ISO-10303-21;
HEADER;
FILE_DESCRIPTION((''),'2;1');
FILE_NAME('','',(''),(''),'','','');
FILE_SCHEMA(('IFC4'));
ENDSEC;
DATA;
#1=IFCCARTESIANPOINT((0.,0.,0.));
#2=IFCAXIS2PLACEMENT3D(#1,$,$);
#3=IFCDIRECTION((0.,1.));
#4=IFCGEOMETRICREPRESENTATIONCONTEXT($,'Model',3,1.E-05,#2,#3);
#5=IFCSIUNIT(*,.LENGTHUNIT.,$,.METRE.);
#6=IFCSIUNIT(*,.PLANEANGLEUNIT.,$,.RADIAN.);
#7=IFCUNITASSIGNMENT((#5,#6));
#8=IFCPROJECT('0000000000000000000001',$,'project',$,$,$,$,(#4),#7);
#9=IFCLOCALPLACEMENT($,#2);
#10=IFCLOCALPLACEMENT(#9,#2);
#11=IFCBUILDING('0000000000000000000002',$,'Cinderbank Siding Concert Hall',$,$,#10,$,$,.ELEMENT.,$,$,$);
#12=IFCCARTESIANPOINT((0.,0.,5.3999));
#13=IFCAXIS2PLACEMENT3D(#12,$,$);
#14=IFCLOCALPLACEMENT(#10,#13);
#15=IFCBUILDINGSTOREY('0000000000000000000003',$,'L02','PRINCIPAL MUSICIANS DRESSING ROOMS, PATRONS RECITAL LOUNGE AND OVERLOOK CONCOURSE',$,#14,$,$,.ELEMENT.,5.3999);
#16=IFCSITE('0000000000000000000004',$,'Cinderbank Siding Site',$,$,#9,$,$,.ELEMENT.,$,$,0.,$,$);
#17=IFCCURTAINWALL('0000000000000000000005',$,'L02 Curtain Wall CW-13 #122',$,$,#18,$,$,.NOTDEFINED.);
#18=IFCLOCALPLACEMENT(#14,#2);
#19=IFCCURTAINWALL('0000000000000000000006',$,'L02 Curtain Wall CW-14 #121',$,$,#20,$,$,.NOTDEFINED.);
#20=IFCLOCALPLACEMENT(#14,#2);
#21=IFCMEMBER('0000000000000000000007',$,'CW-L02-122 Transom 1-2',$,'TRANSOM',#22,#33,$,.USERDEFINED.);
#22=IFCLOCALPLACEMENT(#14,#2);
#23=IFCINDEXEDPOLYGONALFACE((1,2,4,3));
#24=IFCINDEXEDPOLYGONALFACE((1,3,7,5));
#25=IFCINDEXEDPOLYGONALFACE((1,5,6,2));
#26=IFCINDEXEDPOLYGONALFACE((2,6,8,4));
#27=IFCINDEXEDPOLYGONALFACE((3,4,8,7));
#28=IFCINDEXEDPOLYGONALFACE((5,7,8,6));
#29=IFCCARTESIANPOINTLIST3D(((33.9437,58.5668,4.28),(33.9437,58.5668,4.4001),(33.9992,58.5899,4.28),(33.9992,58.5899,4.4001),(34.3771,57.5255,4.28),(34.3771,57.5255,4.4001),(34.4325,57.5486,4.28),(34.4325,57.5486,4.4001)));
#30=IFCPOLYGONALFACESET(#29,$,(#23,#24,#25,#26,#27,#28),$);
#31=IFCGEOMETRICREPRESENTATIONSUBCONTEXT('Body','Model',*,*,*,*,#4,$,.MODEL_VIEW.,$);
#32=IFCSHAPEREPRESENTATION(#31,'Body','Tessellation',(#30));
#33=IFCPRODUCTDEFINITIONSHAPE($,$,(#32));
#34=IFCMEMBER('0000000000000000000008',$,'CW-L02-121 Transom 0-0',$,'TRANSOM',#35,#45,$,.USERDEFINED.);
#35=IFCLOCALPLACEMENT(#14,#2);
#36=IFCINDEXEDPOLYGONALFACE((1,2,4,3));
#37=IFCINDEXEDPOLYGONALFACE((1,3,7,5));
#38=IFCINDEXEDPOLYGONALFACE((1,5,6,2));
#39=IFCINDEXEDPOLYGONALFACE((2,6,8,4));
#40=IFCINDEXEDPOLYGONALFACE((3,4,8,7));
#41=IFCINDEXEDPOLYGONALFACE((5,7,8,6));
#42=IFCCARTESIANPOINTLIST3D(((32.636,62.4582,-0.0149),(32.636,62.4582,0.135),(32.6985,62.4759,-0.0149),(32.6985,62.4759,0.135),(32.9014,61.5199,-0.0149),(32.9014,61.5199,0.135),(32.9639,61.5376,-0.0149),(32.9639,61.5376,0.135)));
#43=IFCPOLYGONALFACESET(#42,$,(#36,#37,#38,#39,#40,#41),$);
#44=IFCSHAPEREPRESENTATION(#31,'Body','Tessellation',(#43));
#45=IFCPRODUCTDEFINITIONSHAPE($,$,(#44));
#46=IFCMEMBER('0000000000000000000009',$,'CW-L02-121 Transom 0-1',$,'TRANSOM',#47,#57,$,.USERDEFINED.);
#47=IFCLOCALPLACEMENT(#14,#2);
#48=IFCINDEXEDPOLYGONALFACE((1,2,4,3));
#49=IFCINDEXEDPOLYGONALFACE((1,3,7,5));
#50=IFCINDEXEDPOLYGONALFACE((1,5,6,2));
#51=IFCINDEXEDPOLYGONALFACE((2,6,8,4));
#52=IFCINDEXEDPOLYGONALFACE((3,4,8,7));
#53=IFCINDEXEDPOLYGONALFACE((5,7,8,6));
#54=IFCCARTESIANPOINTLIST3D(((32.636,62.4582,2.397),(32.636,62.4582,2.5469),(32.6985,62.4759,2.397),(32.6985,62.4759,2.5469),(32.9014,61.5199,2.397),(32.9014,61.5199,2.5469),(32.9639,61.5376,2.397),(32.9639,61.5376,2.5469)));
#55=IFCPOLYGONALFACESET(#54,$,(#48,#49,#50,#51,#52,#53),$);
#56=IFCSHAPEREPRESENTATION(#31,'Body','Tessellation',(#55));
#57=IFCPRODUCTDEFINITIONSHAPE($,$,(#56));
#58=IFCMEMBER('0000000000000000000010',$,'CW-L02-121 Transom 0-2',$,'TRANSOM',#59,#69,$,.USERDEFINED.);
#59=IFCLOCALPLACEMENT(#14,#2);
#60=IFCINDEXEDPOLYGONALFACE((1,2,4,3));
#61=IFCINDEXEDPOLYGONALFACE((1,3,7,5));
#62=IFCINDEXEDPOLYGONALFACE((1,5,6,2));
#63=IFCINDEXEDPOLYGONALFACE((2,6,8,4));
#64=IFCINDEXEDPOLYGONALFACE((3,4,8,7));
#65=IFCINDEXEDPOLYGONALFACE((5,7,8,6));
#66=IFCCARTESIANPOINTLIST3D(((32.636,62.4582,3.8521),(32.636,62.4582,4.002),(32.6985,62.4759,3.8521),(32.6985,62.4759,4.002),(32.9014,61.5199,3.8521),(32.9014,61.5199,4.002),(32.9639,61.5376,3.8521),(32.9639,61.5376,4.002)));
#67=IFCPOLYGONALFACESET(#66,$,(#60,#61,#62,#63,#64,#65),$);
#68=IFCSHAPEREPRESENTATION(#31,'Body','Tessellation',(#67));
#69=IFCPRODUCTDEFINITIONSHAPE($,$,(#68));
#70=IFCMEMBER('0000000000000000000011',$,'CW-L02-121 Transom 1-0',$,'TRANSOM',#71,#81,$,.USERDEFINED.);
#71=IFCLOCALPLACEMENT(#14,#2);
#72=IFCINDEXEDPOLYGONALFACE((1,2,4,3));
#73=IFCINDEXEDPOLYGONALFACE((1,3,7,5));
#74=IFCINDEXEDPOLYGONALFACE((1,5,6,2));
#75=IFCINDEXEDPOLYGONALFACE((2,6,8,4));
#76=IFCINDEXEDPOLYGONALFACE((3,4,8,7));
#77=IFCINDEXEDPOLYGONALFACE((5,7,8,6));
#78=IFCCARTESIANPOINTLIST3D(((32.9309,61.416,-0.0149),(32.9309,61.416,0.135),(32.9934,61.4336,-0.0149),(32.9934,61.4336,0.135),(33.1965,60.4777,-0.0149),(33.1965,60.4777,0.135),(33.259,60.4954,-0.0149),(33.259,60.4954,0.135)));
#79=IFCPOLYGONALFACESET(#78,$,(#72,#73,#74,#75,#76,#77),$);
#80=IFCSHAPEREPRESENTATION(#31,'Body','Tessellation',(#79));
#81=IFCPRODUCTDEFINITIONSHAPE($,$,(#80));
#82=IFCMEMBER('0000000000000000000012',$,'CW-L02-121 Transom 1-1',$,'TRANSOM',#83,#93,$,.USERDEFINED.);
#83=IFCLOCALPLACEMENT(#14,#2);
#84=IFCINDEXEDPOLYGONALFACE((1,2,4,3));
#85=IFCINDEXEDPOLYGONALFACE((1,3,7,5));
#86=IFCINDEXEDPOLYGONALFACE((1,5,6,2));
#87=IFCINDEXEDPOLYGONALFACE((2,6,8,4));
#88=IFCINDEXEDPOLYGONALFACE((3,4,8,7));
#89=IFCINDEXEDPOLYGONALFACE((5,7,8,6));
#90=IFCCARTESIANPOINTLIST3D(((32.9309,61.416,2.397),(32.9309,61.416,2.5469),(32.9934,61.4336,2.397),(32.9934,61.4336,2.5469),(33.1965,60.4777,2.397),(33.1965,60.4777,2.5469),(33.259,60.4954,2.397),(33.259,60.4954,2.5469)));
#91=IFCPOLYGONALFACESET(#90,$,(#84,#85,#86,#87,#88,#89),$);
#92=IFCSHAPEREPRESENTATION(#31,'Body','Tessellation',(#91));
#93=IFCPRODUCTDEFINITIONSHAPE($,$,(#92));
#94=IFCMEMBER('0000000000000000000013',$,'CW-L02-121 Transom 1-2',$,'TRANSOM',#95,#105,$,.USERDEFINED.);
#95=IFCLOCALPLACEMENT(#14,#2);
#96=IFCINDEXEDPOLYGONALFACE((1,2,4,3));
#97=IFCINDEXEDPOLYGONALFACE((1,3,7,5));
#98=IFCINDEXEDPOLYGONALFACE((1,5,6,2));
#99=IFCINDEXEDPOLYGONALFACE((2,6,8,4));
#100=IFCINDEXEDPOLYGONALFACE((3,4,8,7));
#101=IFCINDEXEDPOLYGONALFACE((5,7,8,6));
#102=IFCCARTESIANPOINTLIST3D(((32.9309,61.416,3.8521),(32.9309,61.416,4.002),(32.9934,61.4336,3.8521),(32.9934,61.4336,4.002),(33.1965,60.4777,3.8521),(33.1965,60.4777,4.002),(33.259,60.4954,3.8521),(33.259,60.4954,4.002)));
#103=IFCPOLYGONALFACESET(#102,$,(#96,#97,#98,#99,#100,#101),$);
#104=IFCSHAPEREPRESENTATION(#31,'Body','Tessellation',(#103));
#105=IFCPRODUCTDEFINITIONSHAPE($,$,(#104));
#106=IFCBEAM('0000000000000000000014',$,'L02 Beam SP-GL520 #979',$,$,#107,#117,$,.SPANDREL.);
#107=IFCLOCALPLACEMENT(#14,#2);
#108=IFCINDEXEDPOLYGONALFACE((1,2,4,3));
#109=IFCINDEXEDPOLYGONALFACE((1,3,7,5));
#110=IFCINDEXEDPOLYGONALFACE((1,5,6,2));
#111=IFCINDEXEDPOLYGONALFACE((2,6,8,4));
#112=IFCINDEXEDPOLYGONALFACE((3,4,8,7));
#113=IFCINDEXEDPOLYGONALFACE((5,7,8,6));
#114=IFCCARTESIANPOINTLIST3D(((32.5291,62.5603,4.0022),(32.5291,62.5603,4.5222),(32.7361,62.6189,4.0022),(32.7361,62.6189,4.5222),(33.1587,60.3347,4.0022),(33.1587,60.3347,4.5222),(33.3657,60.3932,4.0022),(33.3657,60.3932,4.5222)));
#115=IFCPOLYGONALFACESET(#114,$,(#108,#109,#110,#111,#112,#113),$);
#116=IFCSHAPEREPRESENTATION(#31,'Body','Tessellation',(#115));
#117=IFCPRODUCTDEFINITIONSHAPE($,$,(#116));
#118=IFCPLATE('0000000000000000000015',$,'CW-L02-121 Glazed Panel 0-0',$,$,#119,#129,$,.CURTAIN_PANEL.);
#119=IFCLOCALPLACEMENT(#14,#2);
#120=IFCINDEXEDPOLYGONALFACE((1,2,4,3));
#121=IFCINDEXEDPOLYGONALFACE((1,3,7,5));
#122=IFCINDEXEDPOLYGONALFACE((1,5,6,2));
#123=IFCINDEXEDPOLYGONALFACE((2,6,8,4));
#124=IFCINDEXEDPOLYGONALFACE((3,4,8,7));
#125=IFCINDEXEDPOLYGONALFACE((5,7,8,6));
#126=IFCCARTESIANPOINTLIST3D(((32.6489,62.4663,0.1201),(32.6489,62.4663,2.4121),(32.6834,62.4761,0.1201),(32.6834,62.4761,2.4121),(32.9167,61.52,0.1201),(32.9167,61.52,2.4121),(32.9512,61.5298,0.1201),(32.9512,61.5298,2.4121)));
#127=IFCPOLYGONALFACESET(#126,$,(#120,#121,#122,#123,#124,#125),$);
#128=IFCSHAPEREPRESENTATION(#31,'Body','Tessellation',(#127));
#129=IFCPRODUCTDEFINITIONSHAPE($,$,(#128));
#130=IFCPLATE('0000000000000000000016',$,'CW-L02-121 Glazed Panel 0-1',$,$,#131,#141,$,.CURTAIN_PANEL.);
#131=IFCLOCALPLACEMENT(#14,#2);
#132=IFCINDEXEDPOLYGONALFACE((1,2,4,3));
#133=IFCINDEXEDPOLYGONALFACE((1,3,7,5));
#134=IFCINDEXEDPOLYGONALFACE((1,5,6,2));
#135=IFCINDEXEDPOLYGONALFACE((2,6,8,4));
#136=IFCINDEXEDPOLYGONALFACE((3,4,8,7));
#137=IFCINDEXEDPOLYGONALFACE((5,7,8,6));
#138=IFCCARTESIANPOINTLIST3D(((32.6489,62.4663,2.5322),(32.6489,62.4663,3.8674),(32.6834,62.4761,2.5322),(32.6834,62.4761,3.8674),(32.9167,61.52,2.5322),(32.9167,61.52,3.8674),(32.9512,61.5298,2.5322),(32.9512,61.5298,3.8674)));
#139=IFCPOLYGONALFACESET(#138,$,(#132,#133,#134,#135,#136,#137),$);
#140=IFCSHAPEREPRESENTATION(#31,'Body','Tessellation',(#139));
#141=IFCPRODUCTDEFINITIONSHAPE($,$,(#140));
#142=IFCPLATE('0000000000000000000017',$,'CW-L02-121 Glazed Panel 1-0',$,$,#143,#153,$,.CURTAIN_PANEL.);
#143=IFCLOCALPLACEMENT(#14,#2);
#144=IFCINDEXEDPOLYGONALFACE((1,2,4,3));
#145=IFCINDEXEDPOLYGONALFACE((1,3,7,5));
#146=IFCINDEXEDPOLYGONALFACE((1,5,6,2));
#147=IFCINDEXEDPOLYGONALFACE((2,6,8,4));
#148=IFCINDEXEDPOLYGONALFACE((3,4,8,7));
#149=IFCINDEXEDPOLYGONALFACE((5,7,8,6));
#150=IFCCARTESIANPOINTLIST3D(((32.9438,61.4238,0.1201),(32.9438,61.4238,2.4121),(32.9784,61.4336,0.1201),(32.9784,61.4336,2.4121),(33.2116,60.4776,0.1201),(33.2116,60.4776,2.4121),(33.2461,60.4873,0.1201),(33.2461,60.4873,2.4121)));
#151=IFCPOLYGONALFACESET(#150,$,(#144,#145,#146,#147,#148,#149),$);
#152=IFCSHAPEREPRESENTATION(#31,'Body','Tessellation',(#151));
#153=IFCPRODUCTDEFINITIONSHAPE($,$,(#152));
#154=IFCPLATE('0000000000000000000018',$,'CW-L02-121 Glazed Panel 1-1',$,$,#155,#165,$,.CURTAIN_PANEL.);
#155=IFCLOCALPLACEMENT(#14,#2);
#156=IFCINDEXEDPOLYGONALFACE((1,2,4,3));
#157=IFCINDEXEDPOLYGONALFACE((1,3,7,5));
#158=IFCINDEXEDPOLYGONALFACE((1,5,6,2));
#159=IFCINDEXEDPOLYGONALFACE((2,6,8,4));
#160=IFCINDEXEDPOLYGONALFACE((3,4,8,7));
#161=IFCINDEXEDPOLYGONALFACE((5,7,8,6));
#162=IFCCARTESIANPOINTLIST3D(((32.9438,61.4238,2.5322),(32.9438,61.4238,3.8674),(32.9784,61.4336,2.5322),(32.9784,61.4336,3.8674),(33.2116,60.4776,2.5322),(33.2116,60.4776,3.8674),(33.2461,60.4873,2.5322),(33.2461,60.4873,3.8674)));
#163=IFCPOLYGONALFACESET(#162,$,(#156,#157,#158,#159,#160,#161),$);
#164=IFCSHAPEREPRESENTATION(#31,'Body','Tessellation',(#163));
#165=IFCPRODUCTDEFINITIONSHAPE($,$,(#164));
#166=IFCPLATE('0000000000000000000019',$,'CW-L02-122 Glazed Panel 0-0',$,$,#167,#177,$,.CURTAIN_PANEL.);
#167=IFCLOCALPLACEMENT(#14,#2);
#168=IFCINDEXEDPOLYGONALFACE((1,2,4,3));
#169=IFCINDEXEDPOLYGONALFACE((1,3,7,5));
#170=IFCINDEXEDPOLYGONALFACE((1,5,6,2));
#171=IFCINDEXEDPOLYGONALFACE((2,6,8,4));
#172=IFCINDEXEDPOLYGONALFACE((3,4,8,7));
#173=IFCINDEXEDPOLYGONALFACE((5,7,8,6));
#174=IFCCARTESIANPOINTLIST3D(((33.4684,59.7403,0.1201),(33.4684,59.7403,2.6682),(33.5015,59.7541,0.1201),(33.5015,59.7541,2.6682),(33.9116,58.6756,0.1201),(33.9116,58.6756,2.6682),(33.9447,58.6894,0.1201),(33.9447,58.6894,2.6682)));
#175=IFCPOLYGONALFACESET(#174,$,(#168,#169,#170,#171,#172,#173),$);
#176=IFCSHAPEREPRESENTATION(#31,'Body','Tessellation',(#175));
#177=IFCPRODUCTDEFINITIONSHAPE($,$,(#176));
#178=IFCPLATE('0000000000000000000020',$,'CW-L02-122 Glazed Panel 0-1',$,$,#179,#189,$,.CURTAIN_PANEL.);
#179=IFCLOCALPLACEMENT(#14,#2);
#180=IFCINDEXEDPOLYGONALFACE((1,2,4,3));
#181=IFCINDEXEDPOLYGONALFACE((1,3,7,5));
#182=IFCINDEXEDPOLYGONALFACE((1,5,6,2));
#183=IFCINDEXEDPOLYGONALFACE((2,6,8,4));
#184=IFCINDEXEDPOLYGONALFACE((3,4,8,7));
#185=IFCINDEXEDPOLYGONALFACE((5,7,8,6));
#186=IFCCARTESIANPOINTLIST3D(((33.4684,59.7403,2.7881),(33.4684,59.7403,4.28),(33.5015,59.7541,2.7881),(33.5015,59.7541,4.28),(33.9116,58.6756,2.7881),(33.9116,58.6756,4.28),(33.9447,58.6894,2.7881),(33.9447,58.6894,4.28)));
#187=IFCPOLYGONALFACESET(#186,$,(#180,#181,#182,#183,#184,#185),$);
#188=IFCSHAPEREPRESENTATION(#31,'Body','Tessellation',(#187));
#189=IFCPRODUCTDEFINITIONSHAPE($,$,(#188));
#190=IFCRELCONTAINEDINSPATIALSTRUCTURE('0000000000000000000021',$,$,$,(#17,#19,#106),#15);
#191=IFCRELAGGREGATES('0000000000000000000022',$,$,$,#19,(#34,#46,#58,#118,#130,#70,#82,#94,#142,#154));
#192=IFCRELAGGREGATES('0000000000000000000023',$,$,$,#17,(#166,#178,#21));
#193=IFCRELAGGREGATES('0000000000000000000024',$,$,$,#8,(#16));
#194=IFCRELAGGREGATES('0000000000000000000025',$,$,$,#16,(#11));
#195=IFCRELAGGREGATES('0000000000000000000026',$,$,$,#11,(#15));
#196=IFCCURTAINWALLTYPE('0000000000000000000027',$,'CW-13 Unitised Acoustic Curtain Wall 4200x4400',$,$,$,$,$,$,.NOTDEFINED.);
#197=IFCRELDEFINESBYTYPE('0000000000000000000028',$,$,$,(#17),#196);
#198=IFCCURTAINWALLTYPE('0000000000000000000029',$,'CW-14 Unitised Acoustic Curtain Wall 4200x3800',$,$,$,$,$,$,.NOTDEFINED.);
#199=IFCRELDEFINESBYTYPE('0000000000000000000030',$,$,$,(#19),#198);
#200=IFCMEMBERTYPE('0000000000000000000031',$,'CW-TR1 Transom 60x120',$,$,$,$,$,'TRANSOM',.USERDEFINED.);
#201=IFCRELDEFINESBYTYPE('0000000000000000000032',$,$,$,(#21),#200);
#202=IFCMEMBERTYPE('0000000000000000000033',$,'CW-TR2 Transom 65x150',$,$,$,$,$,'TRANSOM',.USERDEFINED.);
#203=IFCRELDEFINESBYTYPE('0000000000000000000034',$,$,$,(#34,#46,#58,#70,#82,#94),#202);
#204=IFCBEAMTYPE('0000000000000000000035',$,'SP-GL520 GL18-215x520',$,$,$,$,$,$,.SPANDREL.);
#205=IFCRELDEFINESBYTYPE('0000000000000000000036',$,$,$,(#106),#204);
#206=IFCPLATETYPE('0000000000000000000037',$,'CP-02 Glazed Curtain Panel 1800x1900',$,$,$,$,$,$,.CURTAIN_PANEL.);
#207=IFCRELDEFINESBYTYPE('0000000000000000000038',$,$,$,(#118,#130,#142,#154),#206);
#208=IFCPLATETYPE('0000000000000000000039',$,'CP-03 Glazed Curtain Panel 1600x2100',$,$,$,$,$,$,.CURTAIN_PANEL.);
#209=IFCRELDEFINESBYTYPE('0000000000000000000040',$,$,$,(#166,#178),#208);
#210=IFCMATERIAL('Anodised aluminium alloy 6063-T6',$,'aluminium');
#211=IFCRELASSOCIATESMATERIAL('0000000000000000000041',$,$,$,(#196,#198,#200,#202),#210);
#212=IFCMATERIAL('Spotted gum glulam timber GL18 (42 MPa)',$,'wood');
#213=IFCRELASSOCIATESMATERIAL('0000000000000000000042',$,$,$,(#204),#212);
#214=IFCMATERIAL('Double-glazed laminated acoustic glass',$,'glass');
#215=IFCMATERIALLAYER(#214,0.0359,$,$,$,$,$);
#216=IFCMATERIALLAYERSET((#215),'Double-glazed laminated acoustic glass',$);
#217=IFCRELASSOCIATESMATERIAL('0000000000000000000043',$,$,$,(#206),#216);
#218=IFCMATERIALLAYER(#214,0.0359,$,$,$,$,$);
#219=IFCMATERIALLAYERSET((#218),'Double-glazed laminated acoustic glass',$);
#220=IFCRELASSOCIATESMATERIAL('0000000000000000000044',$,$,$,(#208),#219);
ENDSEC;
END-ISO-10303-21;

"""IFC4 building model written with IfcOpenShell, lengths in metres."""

from ifc_helpers import new_model, si_unit, direction, frame, origin, origin_2d, place, context, subcontext, project, spatial, rectangle, extrude, material, layer, layer_set, material_profile, profile_set, type_object, element, aggregate, save


model = new_model("IFC4")

# Units and contexts
model_context = context("Model", 3, precision=1e-05, world=origin(), true_north=direction((0.0, 1.0)))
body_context = subcontext(model_context, "Body", "Model", "MODEL_VIEW")
ifc_project = project(units=[si_unit("LENGTHUNIT", "METRE"), si_unit("PLANEANGLEUNIT", "RADIAN")], contexts=[model_context])

# Site, building, storey
site_placement = place(None, origin())
site = spatial("IfcSite", under=ifc_project, at=site_placement, Name="Cinderbank Siding Site", CompositionType="ELEMENT", RefElevation=0.0)
building_placement = place(site_placement, origin())
building = spatial("IfcBuilding", under=site, at=building_placement, Name="Cinderbank Siding Concert Hall", CompositionType="ELEMENT")
storey_placement = place(building_placement, frame((0.0, 0.0, 5.3999)))
storey = spatial("IfcBuildingStorey", under=building, at=storey_placement, Name="L02", Description="PRINCIPAL MUSICIANS DRESSING ROOMS, PATRONS RECITAL LOUNGE AND OVERLOOK CONCOURSE", CompositionType="ELEMENT", Elevation=5.3999)

# Curtain walls
ifc_material_1 = material(Name="Anodised aluminium alloy 6063-T6", Category="aluminium")
curtain_wall_type_1 = type_object("IfcCurtainWallType", Name="CW-13 Unitised Acoustic Curtain Wall 4200x4400", PredefinedType="NOTDEFINED", material=ifc_material_1)
curtain_wall_1_placement = place(storey_placement, origin())
curtain_wall_1 = element("IfcCurtainWall", 1, at=curtain_wall_1_placement, inside=storey, type_object=curtain_wall_type_1, Name="L02 Curtain Wall CW-13 #122", PredefinedType="NOTDEFINED")
curtain_wall_type_2 = type_object("IfcCurtainWallType", Name="CW-14 Unitised Acoustic Curtain Wall 4200x3800", PredefinedType="NOTDEFINED", material=ifc_material_1)
curtain_wall_2_placement = place(storey_placement, origin())
curtain_wall_2 = element("IfcCurtainWall", 2, at=curtain_wall_2_placement, inside=storey, type_object=curtain_wall_type_2, Name="L02 Curtain Wall CW-14 #121", PredefinedType="NOTDEFINED")

# Members
ifc_material_profile_1 = material_profile(ifc_material_1, rectangle(XDim=0.0601, YDim=0.1201, at=origin_2d()), Name="ALU-TRAN-60x120", Category="LoadBearing")
ifc_profile_set_1 = profile_set([ifc_material_profile_1], Name="Anodised aluminium alloy 6063-T6")
member_type_1 = type_object("IfcMemberType", Name="CW-TR1 Transom 60x120", ElementType="TRANSOM", PredefinedType="USERDEFINED", material=ifc_profile_set_1)
member_1_placement = place(storey_placement, frame((33.9714, 58.5784, 4.3401), z_axis=(0.384231, -0.923237, 0.0), x_axis=(0.923237, 0.384231, 0.0)))
member_1 = element("IfcMember", 3, at=member_1_placement, type_object=member_type_1, Name="CW-L02-122 Transom 1-2", ObjectType="TRANSOM", PredefinedType="USERDEFINED", context=body_context, shape_type="SweptSolid", body=[
    extrude(rectangle(XDim=0.0601, YDim=0.1201, at=origin_2d()), origin(), (0.0, 0.0, 1.0), 1.1279),
])
ifc_material_profile_2 = material_profile(ifc_material_1, rectangle(XDim=0.0649, YDim=0.1499, at=origin_2d()), Name="ALU-TRAN-65x150", Category="LoadBearing")
ifc_profile_set_2 = profile_set([ifc_material_profile_2], Name="Anodised aluminium alloy 6063-T6")
member_type_2 = type_object("IfcMemberType", Name="CW-TR2 Transom 65x150", ElementType="TRANSOM", PredefinedType="USERDEFINED", material=ifc_profile_set_2)
member_2_placement = place(storey_placement, frame((32.6672, 62.467, 0.0601), z_axis=(0.272174, -0.962248, 0.0), x_axis=(0.962248, 0.272174, 0.0)))
member_2 = element("IfcMember", 4, at=member_2_placement, type_object=member_type_2, Name="CW-L02-121 Transom 0-0", ObjectType="TRANSOM", PredefinedType="USERDEFINED", context=body_context, shape_type="SweptSolid", body=[
    extrude(rectangle(XDim=0.0649, YDim=0.1499, at=origin_2d()), origin(), (0.0, 0.0, 1.0), 0.9751),
])
member_3_placement = place(storey_placement, frame((32.6672, 62.467, 2.4719), z_axis=(0.272174, -0.962248, 0.0), x_axis=(0.962248, 0.272174, 0.0)))
member_3 = element("IfcMember", 5, at=member_3_placement, type_object=member_type_2, Name="CW-L02-121 Transom 0-1", ObjectType="TRANSOM", PredefinedType="USERDEFINED", context=body_context, shape_type="SweptSolid", body=[
    extrude(rectangle(XDim=0.0649, YDim=0.1499, at=origin_2d()), origin(), (0.0, 0.0, 1.0), 0.9751),
])
member_4_placement = place(storey_placement, frame((32.6672, 62.467, 3.927), z_axis=(0.272174, -0.962248, 0.0), x_axis=(0.962248, 0.272174, 0.0)))
member_4 = element("IfcMember", 6, at=member_4_placement, type_object=member_type_2, Name="CW-L02-121 Transom 0-2", ObjectType="TRANSOM", PredefinedType="USERDEFINED", context=body_context, shape_type="SweptSolid", body=[
    extrude(rectangle(XDim=0.0649, YDim=0.1499, at=origin_2d()), origin(), (0.0, 0.0, 1.0), 0.9751),
])
member_5_placement = place(storey_placement, frame((32.9622, 61.4248, 0.0601), z_axis=(0.272406, -0.962183, 0.0), x_axis=(0.962183, 0.272406, 0.0)))
member_5 = element("IfcMember", 7, at=member_5_placement, type_object=member_type_2, Name="CW-L02-121 Transom 1-0", ObjectType="TRANSOM", PredefinedType="USERDEFINED", context=body_context, shape_type="SweptSolid", body=[
    extrude(rectangle(XDim=0.0649, YDim=0.1499, at=origin_2d()), origin(), (0.0, 0.0, 1.0), 0.9751),
])
member_6_placement = place(storey_placement, frame((32.9622, 61.4248, 2.4719), z_axis=(0.272406, -0.962183, 0.0), x_axis=(0.962183, 0.272406, 0.0)))
member_6 = element("IfcMember", 8, at=member_6_placement, type_object=member_type_2, Name="CW-L02-121 Transom 1-1", ObjectType="TRANSOM", PredefinedType="USERDEFINED", context=body_context, shape_type="SweptSolid", body=[
    extrude(rectangle(XDim=0.0649, YDim=0.1499, at=origin_2d()), origin(), (0.0, 0.0, 1.0), 0.9751),
])
member_7_placement = place(storey_placement, frame((32.9622, 61.4248, 3.927), z_axis=(0.272406, -0.962183, 0.0), x_axis=(0.962183, 0.272406, 0.0)))
member_7 = element("IfcMember", 9, at=member_7_placement, type_object=member_type_2, Name="CW-L02-121 Transom 1-2", ObjectType="TRANSOM", PredefinedType="USERDEFINED", context=body_context, shape_type="SweptSolid", body=[
    extrude(rectangle(XDim=0.0649, YDim=0.1499, at=origin_2d()), origin(), (0.0, 0.0, 1.0), 0.9751),
])

# Beam
ifc_material_2 = material(Name="Spotted gum glulam timber GL18 (42 MPa)", Category="wood")
ifc_material_profile_3 = material_profile(ifc_material_2, rectangle(XDim=0.2151, YDim=0.52, at=origin_2d()), Name="GL18-215x520", Category="LoadBearing")
ifc_profile_set_3 = profile_set([ifc_material_profile_3], Name="Spotted gum glulam timber GL18 (42 MPa)")
beam_type_1 = type_object("IfcBeamType", Name="SP-GL520 GL18-215x520", PredefinedType="SPANDREL", material=ifc_profile_set_3)
beam_1_placement = place(storey_placement, frame((32.6326, 62.5896, 4.2622), z_axis=(0.272225, -0.962234, 0.0), x_axis=(0.962234, 0.272225, 0.0)))
element("IfcBeam", 10, at=beam_1_placement, inside=storey, type_object=beam_type_1, Name="L02 Beam SP-GL520 #979", PredefinedType="SPANDREL", context=body_context, shape_type="SweptSolid", body=[
    extrude(rectangle(XDim=0.2151, YDim=0.52, at=origin_2d()), origin(), (0.0, 0.0, 1.0), 2.313),
])

# Plates
ifc_material_3 = material(Name="Double-glazed laminated acoustic glass", Category="glass")
ifc_layer_1 = layer(ifc_material_3, 0.0359)
ifc_layer_set_1 = layer_set([ifc_layer_1], Name="Double-glazed laminated acoustic glass")
plate_type_1 = type_object("IfcPlateType", Name="CP-02 Glazed Curtain Panel 1800x1900", PredefinedType="CURTAIN_PANEL", material=ifc_layer_set_1)
plate_1_placement = place(storey_placement, frame((32.8, 61.998, 0.1201), z_axis=(0.0, 0.0, 1.0), x_axis=(0.272275, -0.962219, 0.0)))
plate_1 = element("IfcPlate", 11, at=plate_1_placement, type_object=plate_type_1, Name="CW-L02-121 Glazed Panel 0-0", PredefinedType="CURTAIN_PANEL", context=body_context, shape_type="SweptSolid", body=[
    extrude(rectangle(XDim=0.9834, YDim=0.0359, at=origin_2d()), origin(), (0.0, 0.0, 1.0), 2.292),
])
plate_2_placement = place(storey_placement, frame((32.8, 61.998, 2.5322), z_axis=(0.0, 0.0, 1.0), x_axis=(0.272275, -0.962219, 0.0)))
plate_2 = element("IfcPlate", 12, at=plate_2_placement, type_object=plate_type_1, Name="CW-L02-121 Glazed Panel 0-1", PredefinedType="CURTAIN_PANEL", context=body_context, shape_type="SweptSolid", body=[
    extrude(rectangle(XDim=0.9834, YDim=0.0359, at=origin_2d()), origin(), (0.0, 0.0, 1.0), 1.3352),
])
plate_3_placement = place(storey_placement, frame((33.095, 60.9556, 0.1201), z_axis=(0.0, 0.0, 1.0), x_axis=(0.272275, -0.962219, 0.0)))
plate_3 = element("IfcPlate", 13, at=plate_3_placement, type_object=plate_type_1, Name="CW-L02-121 Glazed Panel 1-0", PredefinedType="CURTAIN_PANEL", context=body_context, shape_type="SweptSolid", body=[
    extrude(rectangle(XDim=0.9834, YDim=0.0359, at=origin_2d()), origin(), (0.0, 0.0, 1.0), 2.292),
])
plate_4_placement = place(storey_placement, frame((33.095, 60.9556, 2.5322), z_axis=(0.0, 0.0, 1.0), x_axis=(0.272275, -0.962219, 0.0)))
plate_4 = element("IfcPlate", 14, at=plate_4_placement, type_object=plate_type_1, Name="CW-L02-121 Glazed Panel 1-1", PredefinedType="CURTAIN_PANEL", context=body_context, shape_type="SweptSolid", body=[
    extrude(rectangle(XDim=0.9834, YDim=0.0359, at=origin_2d()), origin(), (0.0, 0.0, 1.0), 1.3352),
])
aggregate(curtain_wall_2, [member_2, member_3, member_4, plate_1, plate_2, member_5, member_6, member_7, plate_3, plate_4])
ifc_layer_2 = layer(ifc_material_3, 0.0359)
ifc_layer_set_2 = layer_set([ifc_layer_2], Name="Double-glazed laminated acoustic glass")
plate_type_2 = type_object("IfcPlateType", Name="CP-03 Glazed Curtain Panel 1600x2100", PredefinedType="CURTAIN_PANEL", material=ifc_layer_set_2)
plate_5_placement = place(storey_placement, frame((33.7065, 59.2148, 0.1201), z_axis=(0.0, 0.0, 1.0), x_axis=(0.384274, -0.923219, 0.0)))
plate_5 = element("IfcPlate", 15, at=plate_5_placement, type_object=plate_type_2, Name="CW-L02-122 Glazed Panel 0-0", PredefinedType="CURTAIN_PANEL", context=body_context, shape_type="SweptSolid", body=[
    extrude(rectangle(XDim=1.1533, YDim=0.0359, at=origin_2d()), origin(), (0.0, 0.0, 1.0), 2.5481),
])
plate_6_placement = place(storey_placement, frame((33.7065, 59.2148, 2.7881), z_axis=(0.0, 0.0, 1.0), x_axis=(0.384274, -0.923219, 0.0)))
plate_6 = element("IfcPlate", 16, at=plate_6_placement, type_object=plate_type_2, Name="CW-L02-122 Glazed Panel 0-1", PredefinedType="CURTAIN_PANEL", context=body_context, shape_type="SweptSolid", body=[
    extrude(rectangle(XDim=1.1533, YDim=0.0359, at=origin_2d()), origin(), (0.0, 0.0, 1.0), 1.4919),
])
aggregate(curtain_wall_1, [plate_5, plate_6, member_1])

save(model, "model.ifc")
